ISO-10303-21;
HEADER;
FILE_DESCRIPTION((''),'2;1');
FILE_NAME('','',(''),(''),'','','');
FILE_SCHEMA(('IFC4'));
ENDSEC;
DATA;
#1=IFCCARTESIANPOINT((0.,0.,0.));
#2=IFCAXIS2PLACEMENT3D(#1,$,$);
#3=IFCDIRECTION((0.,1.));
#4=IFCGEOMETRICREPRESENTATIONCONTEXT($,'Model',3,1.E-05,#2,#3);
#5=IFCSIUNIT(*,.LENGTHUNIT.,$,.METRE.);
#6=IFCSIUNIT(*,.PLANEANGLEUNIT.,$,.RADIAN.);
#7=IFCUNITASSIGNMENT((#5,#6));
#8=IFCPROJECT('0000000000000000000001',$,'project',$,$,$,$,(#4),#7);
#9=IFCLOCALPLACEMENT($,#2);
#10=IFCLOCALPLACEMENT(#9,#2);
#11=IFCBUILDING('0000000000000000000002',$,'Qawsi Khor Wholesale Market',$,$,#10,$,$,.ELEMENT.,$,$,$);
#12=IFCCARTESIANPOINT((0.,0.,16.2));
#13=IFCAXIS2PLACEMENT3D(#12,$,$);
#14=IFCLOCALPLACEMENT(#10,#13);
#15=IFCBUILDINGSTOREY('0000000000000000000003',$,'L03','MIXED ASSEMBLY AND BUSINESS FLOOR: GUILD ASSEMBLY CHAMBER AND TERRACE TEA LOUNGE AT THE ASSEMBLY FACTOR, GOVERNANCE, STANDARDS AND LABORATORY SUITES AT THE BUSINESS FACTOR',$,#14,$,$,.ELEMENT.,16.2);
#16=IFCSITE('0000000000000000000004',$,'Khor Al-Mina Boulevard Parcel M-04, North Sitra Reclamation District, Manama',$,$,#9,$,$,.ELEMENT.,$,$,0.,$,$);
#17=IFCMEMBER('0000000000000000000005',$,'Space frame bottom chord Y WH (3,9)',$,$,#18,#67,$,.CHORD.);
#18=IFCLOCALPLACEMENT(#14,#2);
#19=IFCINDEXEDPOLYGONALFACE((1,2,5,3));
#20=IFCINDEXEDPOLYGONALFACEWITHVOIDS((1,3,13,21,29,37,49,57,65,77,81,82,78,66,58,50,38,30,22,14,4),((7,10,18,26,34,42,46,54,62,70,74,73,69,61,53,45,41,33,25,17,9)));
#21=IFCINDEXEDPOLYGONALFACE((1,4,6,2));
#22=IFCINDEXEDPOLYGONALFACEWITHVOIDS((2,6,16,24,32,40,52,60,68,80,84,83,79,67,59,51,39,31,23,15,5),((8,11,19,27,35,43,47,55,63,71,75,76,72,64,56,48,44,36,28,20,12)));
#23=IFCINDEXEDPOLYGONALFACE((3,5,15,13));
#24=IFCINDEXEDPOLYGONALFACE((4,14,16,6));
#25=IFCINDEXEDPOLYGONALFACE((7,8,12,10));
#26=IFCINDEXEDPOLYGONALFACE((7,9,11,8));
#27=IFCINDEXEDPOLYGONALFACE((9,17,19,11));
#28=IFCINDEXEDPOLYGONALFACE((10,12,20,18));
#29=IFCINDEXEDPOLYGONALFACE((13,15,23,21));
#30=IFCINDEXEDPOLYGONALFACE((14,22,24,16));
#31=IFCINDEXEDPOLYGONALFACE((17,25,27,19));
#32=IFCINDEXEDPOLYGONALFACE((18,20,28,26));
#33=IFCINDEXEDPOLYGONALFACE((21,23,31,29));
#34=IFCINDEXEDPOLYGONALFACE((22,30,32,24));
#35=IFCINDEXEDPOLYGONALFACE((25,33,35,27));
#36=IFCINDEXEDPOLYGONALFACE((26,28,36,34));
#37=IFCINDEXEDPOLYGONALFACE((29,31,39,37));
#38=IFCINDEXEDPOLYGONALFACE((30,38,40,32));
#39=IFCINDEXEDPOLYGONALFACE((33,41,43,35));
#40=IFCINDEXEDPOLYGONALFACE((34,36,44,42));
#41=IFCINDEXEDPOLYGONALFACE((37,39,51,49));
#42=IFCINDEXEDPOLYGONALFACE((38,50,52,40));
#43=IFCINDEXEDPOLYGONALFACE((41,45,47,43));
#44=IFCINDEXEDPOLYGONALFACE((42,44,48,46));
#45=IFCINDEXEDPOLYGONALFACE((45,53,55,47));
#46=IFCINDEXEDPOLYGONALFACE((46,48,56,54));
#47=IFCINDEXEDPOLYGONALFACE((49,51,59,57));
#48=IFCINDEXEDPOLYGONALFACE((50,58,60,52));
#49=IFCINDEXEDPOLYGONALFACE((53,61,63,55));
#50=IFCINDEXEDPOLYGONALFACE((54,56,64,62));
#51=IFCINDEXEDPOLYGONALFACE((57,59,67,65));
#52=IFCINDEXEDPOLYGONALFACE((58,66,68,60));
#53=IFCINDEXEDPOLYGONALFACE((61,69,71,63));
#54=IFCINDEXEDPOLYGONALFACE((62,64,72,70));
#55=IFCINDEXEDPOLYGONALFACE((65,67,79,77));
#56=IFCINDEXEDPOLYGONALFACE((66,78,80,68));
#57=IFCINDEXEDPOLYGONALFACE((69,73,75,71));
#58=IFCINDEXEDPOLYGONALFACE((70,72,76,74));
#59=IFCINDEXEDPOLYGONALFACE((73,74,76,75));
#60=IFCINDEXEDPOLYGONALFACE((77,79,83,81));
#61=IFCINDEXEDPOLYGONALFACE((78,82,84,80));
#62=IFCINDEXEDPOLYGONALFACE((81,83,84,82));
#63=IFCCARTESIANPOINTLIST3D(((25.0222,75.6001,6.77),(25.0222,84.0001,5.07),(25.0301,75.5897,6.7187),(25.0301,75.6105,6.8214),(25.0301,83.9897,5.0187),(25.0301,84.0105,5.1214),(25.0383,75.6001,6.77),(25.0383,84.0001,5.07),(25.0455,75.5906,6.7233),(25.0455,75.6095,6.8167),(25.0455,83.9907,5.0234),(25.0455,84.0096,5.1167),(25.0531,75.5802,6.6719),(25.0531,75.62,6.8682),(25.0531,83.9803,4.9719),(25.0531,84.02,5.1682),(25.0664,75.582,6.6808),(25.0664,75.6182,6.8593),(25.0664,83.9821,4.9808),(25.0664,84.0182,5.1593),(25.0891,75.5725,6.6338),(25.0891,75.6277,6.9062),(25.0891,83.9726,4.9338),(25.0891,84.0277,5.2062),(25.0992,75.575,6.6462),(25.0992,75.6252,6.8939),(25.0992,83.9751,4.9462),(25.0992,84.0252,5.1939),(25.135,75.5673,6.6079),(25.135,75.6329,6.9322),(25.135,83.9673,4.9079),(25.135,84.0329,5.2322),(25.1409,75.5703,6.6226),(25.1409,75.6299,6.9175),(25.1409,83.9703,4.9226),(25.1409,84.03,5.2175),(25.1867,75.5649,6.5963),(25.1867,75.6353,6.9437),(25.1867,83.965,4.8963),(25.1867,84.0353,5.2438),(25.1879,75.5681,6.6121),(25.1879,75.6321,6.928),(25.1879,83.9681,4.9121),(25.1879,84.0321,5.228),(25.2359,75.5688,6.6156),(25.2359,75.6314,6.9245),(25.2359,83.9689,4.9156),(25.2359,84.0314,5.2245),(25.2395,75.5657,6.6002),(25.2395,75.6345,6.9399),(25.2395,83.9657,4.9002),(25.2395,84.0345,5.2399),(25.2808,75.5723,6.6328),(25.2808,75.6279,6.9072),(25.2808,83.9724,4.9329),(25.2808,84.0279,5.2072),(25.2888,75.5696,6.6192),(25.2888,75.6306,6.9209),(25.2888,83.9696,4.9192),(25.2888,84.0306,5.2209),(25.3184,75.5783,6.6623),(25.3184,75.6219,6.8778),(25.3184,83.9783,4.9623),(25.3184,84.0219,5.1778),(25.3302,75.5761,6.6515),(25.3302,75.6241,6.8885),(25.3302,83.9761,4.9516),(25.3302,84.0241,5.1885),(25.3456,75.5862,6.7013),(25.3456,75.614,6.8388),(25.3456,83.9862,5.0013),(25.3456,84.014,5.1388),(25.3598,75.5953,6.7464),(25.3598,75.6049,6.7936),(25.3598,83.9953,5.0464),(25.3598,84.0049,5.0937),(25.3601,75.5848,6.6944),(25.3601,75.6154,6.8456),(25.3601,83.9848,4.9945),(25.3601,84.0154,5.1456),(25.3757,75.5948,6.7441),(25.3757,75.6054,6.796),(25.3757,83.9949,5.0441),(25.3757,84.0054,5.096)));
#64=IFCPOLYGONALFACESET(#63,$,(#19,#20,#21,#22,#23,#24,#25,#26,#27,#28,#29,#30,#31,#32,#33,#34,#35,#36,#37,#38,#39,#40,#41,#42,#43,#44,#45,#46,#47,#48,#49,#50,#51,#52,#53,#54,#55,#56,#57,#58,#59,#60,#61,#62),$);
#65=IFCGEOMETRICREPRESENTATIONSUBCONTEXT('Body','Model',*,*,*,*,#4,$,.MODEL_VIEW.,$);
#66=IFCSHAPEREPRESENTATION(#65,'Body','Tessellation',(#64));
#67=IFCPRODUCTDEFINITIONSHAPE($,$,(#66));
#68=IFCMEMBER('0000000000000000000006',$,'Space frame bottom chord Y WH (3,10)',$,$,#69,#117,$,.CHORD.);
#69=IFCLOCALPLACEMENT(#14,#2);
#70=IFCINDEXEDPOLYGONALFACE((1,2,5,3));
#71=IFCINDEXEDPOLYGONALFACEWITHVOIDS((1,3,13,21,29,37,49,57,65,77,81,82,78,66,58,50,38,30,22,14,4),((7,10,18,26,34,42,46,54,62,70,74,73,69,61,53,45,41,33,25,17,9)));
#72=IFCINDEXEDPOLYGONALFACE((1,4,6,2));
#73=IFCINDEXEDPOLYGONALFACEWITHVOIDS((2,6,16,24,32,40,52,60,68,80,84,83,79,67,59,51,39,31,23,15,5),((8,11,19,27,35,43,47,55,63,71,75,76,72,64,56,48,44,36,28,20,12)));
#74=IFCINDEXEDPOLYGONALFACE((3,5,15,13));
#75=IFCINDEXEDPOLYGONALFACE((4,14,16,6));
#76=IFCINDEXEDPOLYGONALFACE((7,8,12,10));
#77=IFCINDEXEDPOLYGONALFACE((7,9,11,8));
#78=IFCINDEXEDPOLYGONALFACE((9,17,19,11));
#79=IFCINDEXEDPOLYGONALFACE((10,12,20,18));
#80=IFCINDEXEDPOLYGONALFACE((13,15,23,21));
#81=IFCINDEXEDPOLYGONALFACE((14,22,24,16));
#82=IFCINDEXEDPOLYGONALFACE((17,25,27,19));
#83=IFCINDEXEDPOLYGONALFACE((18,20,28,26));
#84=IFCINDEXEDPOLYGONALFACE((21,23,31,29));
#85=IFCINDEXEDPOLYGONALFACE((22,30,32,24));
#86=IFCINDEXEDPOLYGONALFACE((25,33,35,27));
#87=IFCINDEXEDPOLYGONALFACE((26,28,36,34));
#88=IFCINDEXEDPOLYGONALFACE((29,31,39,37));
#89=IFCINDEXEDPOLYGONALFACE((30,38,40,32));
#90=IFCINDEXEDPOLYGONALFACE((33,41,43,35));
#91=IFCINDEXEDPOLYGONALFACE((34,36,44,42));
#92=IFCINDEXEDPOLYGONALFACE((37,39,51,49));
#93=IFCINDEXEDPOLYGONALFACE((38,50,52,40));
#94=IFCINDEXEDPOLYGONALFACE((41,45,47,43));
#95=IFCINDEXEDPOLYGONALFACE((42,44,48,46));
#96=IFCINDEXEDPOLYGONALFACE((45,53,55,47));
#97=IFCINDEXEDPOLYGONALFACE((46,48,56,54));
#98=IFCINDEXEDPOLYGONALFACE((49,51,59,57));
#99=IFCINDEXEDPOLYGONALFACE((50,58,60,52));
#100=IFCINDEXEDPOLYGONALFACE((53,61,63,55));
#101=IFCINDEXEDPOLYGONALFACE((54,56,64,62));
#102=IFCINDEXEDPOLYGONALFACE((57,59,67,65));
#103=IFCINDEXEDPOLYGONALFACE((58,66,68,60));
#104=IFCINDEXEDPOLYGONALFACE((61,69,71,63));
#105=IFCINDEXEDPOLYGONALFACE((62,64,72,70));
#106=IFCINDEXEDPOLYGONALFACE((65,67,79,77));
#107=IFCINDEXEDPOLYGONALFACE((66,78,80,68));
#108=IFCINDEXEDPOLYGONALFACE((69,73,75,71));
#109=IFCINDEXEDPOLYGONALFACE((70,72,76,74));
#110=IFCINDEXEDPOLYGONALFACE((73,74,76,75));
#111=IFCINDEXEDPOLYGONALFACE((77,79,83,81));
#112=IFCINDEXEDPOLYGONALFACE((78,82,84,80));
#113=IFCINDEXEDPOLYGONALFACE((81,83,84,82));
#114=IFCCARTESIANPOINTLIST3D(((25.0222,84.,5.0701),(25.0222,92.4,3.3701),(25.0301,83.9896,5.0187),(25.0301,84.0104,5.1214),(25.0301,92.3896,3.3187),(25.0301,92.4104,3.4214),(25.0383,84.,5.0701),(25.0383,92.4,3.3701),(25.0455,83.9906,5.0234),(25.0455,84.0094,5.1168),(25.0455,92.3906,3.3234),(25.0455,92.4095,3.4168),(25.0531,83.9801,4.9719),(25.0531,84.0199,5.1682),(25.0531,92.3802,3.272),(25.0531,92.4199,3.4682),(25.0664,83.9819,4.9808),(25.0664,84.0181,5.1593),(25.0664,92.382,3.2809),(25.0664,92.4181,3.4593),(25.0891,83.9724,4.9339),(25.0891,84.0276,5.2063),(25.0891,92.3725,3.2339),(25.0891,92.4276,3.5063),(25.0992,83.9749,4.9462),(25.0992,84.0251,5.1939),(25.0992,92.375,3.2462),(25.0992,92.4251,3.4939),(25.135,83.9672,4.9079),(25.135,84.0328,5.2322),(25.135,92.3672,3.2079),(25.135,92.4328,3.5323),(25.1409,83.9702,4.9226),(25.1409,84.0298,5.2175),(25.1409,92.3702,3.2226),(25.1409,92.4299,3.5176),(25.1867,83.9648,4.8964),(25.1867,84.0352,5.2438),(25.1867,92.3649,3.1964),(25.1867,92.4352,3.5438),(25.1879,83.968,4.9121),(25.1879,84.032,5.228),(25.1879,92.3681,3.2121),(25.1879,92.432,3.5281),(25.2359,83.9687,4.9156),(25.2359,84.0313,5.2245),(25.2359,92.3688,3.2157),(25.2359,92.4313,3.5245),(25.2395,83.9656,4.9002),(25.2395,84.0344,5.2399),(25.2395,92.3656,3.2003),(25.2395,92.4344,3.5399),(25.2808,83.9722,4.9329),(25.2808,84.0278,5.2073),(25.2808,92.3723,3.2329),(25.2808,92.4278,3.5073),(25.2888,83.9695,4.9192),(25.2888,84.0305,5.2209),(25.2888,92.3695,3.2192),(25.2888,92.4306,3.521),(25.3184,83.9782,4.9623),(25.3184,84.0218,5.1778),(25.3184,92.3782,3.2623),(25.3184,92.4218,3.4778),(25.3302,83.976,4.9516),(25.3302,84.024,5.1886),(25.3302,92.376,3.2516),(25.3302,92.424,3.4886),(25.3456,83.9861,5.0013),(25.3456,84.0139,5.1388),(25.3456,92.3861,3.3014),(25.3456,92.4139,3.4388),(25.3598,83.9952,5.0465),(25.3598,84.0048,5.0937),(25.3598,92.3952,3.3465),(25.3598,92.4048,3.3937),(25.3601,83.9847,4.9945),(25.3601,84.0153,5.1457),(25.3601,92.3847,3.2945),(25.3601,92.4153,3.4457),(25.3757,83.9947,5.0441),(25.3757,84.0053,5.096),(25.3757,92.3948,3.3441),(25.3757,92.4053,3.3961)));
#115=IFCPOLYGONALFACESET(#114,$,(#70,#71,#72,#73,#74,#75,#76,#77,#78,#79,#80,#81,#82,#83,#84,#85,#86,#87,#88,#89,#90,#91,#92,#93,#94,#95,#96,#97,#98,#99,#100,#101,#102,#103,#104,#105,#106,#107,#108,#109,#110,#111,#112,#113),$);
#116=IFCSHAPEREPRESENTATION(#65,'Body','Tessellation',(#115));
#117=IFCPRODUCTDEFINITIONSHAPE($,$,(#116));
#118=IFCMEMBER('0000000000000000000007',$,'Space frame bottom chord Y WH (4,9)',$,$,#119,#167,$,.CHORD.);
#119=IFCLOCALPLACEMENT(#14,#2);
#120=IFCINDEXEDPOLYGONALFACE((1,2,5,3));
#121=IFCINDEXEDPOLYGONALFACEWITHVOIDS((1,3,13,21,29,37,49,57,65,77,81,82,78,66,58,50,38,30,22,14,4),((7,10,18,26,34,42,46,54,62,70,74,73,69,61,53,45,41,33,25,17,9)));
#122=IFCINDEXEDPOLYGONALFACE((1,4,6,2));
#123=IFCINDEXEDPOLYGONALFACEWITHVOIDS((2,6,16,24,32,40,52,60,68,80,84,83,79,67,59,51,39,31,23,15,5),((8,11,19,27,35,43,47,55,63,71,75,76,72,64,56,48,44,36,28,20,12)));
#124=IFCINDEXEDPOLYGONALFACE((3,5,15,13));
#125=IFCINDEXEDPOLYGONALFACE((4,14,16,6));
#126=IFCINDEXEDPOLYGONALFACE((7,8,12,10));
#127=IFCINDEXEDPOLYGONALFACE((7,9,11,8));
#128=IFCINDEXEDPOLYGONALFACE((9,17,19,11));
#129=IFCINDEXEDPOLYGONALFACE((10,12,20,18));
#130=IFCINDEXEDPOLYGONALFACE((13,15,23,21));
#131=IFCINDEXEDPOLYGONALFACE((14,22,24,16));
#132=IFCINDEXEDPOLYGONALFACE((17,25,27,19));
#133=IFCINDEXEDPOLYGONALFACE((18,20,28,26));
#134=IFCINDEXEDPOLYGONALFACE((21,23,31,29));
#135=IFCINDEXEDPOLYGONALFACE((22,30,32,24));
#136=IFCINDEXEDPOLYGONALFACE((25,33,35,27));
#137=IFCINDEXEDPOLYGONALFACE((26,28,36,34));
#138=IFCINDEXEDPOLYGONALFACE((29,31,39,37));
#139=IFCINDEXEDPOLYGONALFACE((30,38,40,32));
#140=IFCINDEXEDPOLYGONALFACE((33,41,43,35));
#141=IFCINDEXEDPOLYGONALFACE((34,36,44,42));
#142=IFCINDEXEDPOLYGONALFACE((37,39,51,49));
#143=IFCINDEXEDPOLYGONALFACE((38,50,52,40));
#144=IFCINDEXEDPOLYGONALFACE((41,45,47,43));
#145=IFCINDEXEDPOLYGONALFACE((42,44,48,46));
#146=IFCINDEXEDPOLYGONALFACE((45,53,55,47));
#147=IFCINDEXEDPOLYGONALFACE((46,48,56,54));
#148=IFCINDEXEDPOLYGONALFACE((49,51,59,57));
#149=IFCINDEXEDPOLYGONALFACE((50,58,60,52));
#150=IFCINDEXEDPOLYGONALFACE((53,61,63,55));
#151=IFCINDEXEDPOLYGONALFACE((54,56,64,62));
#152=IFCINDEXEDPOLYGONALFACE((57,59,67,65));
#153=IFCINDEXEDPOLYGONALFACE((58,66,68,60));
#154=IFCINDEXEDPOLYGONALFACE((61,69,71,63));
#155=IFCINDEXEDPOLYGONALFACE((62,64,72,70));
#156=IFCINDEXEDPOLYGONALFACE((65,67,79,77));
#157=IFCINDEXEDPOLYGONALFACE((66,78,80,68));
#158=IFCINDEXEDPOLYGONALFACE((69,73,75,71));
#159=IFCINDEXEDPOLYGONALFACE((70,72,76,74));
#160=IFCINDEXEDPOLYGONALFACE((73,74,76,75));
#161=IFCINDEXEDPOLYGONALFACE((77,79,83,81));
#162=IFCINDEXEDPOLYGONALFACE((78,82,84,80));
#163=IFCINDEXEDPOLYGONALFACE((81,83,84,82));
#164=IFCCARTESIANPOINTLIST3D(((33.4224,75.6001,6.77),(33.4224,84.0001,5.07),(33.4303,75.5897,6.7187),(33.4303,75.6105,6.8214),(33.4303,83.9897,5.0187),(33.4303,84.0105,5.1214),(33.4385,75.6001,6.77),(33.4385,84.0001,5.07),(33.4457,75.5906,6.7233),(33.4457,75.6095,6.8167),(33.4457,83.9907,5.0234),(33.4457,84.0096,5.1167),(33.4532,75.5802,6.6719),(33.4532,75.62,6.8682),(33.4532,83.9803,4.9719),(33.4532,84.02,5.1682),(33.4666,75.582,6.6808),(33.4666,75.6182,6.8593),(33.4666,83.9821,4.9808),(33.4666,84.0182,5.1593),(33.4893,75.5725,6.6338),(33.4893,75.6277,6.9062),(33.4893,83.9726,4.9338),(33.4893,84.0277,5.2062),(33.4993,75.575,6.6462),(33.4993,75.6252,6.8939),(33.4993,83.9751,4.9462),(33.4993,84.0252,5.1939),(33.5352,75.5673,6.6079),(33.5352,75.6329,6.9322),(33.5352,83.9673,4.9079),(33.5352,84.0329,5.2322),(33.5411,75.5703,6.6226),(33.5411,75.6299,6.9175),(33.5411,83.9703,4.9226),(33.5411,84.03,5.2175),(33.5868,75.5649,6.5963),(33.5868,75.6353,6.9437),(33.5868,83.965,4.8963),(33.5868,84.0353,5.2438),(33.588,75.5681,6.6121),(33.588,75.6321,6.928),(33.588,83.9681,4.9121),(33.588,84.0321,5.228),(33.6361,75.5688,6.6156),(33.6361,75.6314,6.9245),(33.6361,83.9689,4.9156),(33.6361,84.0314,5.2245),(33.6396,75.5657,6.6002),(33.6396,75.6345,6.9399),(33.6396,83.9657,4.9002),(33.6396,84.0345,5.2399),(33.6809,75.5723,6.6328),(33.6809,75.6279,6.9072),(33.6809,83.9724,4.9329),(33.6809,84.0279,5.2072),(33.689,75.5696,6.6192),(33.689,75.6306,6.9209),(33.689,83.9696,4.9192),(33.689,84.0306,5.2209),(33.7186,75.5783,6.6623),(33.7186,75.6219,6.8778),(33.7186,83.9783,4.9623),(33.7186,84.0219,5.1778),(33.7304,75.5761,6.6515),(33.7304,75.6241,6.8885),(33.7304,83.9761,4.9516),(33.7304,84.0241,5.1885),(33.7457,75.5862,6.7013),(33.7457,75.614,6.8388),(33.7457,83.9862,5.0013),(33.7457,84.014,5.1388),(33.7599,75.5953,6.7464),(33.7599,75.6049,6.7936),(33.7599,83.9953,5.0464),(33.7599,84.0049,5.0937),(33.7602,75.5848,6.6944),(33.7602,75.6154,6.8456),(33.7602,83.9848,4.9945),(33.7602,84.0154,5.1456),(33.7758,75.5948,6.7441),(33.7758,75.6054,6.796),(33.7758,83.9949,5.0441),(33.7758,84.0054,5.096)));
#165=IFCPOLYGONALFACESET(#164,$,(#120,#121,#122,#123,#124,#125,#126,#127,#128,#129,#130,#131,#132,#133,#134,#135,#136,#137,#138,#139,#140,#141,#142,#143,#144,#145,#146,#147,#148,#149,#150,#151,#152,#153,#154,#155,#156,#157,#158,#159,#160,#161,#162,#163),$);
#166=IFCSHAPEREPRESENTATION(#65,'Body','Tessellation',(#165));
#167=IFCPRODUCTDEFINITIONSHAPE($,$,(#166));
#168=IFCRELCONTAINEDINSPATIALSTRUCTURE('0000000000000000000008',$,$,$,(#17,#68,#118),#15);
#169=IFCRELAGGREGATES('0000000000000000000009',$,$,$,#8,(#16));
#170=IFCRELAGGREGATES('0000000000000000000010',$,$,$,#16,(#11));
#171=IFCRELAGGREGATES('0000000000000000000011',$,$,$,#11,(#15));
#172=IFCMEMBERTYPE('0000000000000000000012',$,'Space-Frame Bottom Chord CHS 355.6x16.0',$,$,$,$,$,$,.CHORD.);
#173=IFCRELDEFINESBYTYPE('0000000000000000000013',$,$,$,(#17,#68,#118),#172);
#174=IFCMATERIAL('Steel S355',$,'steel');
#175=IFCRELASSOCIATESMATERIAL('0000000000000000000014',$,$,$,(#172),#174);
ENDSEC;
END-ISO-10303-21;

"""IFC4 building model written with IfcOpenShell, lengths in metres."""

from ifc_helpers import new_model, si_unit, direction, frame, origin, origin_2d, place, context, subcontext, project, spatial, hollow_circle, extrude, material, material_profile, profile_set, type_object, element, save


model = new_model("IFC4")

# Units and contexts
model_context = context("Model", 3, precision=1e-05, world=origin(), true_north=direction((0.0, 1.0)))
body_context = subcontext(model_context, "Body", "Model", "MODEL_VIEW")
ifc_project = project(units=[si_unit("LENGTHUNIT", "METRE"), si_unit("PLANEANGLEUNIT", "RADIAN")], contexts=[model_context])

# Site, building, storey
site_placement = place(None, origin())
site = spatial("IfcSite", under=ifc_project, at=site_placement, Name="Khor Al-Mina Boulevard Parcel M-04, North Sitra Reclamation District, Manama", CompositionType="ELEMENT", RefElevation=0.0)
building_placement = place(site_placement, origin())
building = spatial("IfcBuilding", under=site, at=building_placement, Name="Qawsi Khor Wholesale Market", CompositionType="ELEMENT")
storey_placement = place(building_placement, frame((0.0, 0.0, 16.2)))
storey = spatial("IfcBuildingStorey", under=building, at=storey_placement, Name="L03", Description="MIXED ASSEMBLY AND BUSINESS FLOOR: GUILD ASSEMBLY CHAMBER AND TERRACE TEA LOUNGE AT THE ASSEMBLY FACTOR, GOVERNANCE, STANDARDS AND LABORATORY SUITES AT THE BUSINESS FACTOR", CompositionType="ELEMENT", Elevation=16.2)

# Members
ifc_material_1 = material(Name="Steel S355", Category="steel")
ifc_material_profile_1 = material_profile(ifc_material_1, hollow_circle(Radius=0.1777, WallThickness=0.0161, at=origin_2d()), Name="CHS 355.6x16.0")
ifc_profile_set_1 = profile_set([ifc_material_profile_1], Name="Steel S355")
member_type_1 = type_object("IfcMemberType", Name="Space-Frame Bottom Chord CHS 355.6x16.0", PredefinedType="CHORD", material=ifc_profile_set_1)
for number, where, z_axis, x_axis, name in (
    (1, (25.2, 75.6001, 6.77), (0.0, 0.98013, -0.198356), (-1.0, 0.0, 0.0), "Space frame bottom chord Y WH (3,9)"),
    (2, (25.2, 84.0, 5.0701), (0.0, 0.98013, -0.198356), (-1.0, 0.0, 0.0), "Space frame bottom chord Y WH (3,10)"),
    (3, (33.6001, 75.6001, 6.77), (0.0, 0.98013, -0.198356), (-1.0, 0.0, 0.0), "Space frame bottom chord Y WH (4,9)"),
):
    element("IfcMember", number, at=place(storey_placement, frame(where, z_axis=z_axis, x_axis=x_axis)), inside=storey, type_object=member_type_1, Name=name, PredefinedType="CHORD", context=body_context, shape_type="SweptSolid", body=[
        extrude(hollow_circle(Radius=0.1777, WallThickness=0.0161, at=origin_2d()), origin(), (0.0, 0.0, 1.0), 8.5703),
    ])

save(model, "model.ifc")
